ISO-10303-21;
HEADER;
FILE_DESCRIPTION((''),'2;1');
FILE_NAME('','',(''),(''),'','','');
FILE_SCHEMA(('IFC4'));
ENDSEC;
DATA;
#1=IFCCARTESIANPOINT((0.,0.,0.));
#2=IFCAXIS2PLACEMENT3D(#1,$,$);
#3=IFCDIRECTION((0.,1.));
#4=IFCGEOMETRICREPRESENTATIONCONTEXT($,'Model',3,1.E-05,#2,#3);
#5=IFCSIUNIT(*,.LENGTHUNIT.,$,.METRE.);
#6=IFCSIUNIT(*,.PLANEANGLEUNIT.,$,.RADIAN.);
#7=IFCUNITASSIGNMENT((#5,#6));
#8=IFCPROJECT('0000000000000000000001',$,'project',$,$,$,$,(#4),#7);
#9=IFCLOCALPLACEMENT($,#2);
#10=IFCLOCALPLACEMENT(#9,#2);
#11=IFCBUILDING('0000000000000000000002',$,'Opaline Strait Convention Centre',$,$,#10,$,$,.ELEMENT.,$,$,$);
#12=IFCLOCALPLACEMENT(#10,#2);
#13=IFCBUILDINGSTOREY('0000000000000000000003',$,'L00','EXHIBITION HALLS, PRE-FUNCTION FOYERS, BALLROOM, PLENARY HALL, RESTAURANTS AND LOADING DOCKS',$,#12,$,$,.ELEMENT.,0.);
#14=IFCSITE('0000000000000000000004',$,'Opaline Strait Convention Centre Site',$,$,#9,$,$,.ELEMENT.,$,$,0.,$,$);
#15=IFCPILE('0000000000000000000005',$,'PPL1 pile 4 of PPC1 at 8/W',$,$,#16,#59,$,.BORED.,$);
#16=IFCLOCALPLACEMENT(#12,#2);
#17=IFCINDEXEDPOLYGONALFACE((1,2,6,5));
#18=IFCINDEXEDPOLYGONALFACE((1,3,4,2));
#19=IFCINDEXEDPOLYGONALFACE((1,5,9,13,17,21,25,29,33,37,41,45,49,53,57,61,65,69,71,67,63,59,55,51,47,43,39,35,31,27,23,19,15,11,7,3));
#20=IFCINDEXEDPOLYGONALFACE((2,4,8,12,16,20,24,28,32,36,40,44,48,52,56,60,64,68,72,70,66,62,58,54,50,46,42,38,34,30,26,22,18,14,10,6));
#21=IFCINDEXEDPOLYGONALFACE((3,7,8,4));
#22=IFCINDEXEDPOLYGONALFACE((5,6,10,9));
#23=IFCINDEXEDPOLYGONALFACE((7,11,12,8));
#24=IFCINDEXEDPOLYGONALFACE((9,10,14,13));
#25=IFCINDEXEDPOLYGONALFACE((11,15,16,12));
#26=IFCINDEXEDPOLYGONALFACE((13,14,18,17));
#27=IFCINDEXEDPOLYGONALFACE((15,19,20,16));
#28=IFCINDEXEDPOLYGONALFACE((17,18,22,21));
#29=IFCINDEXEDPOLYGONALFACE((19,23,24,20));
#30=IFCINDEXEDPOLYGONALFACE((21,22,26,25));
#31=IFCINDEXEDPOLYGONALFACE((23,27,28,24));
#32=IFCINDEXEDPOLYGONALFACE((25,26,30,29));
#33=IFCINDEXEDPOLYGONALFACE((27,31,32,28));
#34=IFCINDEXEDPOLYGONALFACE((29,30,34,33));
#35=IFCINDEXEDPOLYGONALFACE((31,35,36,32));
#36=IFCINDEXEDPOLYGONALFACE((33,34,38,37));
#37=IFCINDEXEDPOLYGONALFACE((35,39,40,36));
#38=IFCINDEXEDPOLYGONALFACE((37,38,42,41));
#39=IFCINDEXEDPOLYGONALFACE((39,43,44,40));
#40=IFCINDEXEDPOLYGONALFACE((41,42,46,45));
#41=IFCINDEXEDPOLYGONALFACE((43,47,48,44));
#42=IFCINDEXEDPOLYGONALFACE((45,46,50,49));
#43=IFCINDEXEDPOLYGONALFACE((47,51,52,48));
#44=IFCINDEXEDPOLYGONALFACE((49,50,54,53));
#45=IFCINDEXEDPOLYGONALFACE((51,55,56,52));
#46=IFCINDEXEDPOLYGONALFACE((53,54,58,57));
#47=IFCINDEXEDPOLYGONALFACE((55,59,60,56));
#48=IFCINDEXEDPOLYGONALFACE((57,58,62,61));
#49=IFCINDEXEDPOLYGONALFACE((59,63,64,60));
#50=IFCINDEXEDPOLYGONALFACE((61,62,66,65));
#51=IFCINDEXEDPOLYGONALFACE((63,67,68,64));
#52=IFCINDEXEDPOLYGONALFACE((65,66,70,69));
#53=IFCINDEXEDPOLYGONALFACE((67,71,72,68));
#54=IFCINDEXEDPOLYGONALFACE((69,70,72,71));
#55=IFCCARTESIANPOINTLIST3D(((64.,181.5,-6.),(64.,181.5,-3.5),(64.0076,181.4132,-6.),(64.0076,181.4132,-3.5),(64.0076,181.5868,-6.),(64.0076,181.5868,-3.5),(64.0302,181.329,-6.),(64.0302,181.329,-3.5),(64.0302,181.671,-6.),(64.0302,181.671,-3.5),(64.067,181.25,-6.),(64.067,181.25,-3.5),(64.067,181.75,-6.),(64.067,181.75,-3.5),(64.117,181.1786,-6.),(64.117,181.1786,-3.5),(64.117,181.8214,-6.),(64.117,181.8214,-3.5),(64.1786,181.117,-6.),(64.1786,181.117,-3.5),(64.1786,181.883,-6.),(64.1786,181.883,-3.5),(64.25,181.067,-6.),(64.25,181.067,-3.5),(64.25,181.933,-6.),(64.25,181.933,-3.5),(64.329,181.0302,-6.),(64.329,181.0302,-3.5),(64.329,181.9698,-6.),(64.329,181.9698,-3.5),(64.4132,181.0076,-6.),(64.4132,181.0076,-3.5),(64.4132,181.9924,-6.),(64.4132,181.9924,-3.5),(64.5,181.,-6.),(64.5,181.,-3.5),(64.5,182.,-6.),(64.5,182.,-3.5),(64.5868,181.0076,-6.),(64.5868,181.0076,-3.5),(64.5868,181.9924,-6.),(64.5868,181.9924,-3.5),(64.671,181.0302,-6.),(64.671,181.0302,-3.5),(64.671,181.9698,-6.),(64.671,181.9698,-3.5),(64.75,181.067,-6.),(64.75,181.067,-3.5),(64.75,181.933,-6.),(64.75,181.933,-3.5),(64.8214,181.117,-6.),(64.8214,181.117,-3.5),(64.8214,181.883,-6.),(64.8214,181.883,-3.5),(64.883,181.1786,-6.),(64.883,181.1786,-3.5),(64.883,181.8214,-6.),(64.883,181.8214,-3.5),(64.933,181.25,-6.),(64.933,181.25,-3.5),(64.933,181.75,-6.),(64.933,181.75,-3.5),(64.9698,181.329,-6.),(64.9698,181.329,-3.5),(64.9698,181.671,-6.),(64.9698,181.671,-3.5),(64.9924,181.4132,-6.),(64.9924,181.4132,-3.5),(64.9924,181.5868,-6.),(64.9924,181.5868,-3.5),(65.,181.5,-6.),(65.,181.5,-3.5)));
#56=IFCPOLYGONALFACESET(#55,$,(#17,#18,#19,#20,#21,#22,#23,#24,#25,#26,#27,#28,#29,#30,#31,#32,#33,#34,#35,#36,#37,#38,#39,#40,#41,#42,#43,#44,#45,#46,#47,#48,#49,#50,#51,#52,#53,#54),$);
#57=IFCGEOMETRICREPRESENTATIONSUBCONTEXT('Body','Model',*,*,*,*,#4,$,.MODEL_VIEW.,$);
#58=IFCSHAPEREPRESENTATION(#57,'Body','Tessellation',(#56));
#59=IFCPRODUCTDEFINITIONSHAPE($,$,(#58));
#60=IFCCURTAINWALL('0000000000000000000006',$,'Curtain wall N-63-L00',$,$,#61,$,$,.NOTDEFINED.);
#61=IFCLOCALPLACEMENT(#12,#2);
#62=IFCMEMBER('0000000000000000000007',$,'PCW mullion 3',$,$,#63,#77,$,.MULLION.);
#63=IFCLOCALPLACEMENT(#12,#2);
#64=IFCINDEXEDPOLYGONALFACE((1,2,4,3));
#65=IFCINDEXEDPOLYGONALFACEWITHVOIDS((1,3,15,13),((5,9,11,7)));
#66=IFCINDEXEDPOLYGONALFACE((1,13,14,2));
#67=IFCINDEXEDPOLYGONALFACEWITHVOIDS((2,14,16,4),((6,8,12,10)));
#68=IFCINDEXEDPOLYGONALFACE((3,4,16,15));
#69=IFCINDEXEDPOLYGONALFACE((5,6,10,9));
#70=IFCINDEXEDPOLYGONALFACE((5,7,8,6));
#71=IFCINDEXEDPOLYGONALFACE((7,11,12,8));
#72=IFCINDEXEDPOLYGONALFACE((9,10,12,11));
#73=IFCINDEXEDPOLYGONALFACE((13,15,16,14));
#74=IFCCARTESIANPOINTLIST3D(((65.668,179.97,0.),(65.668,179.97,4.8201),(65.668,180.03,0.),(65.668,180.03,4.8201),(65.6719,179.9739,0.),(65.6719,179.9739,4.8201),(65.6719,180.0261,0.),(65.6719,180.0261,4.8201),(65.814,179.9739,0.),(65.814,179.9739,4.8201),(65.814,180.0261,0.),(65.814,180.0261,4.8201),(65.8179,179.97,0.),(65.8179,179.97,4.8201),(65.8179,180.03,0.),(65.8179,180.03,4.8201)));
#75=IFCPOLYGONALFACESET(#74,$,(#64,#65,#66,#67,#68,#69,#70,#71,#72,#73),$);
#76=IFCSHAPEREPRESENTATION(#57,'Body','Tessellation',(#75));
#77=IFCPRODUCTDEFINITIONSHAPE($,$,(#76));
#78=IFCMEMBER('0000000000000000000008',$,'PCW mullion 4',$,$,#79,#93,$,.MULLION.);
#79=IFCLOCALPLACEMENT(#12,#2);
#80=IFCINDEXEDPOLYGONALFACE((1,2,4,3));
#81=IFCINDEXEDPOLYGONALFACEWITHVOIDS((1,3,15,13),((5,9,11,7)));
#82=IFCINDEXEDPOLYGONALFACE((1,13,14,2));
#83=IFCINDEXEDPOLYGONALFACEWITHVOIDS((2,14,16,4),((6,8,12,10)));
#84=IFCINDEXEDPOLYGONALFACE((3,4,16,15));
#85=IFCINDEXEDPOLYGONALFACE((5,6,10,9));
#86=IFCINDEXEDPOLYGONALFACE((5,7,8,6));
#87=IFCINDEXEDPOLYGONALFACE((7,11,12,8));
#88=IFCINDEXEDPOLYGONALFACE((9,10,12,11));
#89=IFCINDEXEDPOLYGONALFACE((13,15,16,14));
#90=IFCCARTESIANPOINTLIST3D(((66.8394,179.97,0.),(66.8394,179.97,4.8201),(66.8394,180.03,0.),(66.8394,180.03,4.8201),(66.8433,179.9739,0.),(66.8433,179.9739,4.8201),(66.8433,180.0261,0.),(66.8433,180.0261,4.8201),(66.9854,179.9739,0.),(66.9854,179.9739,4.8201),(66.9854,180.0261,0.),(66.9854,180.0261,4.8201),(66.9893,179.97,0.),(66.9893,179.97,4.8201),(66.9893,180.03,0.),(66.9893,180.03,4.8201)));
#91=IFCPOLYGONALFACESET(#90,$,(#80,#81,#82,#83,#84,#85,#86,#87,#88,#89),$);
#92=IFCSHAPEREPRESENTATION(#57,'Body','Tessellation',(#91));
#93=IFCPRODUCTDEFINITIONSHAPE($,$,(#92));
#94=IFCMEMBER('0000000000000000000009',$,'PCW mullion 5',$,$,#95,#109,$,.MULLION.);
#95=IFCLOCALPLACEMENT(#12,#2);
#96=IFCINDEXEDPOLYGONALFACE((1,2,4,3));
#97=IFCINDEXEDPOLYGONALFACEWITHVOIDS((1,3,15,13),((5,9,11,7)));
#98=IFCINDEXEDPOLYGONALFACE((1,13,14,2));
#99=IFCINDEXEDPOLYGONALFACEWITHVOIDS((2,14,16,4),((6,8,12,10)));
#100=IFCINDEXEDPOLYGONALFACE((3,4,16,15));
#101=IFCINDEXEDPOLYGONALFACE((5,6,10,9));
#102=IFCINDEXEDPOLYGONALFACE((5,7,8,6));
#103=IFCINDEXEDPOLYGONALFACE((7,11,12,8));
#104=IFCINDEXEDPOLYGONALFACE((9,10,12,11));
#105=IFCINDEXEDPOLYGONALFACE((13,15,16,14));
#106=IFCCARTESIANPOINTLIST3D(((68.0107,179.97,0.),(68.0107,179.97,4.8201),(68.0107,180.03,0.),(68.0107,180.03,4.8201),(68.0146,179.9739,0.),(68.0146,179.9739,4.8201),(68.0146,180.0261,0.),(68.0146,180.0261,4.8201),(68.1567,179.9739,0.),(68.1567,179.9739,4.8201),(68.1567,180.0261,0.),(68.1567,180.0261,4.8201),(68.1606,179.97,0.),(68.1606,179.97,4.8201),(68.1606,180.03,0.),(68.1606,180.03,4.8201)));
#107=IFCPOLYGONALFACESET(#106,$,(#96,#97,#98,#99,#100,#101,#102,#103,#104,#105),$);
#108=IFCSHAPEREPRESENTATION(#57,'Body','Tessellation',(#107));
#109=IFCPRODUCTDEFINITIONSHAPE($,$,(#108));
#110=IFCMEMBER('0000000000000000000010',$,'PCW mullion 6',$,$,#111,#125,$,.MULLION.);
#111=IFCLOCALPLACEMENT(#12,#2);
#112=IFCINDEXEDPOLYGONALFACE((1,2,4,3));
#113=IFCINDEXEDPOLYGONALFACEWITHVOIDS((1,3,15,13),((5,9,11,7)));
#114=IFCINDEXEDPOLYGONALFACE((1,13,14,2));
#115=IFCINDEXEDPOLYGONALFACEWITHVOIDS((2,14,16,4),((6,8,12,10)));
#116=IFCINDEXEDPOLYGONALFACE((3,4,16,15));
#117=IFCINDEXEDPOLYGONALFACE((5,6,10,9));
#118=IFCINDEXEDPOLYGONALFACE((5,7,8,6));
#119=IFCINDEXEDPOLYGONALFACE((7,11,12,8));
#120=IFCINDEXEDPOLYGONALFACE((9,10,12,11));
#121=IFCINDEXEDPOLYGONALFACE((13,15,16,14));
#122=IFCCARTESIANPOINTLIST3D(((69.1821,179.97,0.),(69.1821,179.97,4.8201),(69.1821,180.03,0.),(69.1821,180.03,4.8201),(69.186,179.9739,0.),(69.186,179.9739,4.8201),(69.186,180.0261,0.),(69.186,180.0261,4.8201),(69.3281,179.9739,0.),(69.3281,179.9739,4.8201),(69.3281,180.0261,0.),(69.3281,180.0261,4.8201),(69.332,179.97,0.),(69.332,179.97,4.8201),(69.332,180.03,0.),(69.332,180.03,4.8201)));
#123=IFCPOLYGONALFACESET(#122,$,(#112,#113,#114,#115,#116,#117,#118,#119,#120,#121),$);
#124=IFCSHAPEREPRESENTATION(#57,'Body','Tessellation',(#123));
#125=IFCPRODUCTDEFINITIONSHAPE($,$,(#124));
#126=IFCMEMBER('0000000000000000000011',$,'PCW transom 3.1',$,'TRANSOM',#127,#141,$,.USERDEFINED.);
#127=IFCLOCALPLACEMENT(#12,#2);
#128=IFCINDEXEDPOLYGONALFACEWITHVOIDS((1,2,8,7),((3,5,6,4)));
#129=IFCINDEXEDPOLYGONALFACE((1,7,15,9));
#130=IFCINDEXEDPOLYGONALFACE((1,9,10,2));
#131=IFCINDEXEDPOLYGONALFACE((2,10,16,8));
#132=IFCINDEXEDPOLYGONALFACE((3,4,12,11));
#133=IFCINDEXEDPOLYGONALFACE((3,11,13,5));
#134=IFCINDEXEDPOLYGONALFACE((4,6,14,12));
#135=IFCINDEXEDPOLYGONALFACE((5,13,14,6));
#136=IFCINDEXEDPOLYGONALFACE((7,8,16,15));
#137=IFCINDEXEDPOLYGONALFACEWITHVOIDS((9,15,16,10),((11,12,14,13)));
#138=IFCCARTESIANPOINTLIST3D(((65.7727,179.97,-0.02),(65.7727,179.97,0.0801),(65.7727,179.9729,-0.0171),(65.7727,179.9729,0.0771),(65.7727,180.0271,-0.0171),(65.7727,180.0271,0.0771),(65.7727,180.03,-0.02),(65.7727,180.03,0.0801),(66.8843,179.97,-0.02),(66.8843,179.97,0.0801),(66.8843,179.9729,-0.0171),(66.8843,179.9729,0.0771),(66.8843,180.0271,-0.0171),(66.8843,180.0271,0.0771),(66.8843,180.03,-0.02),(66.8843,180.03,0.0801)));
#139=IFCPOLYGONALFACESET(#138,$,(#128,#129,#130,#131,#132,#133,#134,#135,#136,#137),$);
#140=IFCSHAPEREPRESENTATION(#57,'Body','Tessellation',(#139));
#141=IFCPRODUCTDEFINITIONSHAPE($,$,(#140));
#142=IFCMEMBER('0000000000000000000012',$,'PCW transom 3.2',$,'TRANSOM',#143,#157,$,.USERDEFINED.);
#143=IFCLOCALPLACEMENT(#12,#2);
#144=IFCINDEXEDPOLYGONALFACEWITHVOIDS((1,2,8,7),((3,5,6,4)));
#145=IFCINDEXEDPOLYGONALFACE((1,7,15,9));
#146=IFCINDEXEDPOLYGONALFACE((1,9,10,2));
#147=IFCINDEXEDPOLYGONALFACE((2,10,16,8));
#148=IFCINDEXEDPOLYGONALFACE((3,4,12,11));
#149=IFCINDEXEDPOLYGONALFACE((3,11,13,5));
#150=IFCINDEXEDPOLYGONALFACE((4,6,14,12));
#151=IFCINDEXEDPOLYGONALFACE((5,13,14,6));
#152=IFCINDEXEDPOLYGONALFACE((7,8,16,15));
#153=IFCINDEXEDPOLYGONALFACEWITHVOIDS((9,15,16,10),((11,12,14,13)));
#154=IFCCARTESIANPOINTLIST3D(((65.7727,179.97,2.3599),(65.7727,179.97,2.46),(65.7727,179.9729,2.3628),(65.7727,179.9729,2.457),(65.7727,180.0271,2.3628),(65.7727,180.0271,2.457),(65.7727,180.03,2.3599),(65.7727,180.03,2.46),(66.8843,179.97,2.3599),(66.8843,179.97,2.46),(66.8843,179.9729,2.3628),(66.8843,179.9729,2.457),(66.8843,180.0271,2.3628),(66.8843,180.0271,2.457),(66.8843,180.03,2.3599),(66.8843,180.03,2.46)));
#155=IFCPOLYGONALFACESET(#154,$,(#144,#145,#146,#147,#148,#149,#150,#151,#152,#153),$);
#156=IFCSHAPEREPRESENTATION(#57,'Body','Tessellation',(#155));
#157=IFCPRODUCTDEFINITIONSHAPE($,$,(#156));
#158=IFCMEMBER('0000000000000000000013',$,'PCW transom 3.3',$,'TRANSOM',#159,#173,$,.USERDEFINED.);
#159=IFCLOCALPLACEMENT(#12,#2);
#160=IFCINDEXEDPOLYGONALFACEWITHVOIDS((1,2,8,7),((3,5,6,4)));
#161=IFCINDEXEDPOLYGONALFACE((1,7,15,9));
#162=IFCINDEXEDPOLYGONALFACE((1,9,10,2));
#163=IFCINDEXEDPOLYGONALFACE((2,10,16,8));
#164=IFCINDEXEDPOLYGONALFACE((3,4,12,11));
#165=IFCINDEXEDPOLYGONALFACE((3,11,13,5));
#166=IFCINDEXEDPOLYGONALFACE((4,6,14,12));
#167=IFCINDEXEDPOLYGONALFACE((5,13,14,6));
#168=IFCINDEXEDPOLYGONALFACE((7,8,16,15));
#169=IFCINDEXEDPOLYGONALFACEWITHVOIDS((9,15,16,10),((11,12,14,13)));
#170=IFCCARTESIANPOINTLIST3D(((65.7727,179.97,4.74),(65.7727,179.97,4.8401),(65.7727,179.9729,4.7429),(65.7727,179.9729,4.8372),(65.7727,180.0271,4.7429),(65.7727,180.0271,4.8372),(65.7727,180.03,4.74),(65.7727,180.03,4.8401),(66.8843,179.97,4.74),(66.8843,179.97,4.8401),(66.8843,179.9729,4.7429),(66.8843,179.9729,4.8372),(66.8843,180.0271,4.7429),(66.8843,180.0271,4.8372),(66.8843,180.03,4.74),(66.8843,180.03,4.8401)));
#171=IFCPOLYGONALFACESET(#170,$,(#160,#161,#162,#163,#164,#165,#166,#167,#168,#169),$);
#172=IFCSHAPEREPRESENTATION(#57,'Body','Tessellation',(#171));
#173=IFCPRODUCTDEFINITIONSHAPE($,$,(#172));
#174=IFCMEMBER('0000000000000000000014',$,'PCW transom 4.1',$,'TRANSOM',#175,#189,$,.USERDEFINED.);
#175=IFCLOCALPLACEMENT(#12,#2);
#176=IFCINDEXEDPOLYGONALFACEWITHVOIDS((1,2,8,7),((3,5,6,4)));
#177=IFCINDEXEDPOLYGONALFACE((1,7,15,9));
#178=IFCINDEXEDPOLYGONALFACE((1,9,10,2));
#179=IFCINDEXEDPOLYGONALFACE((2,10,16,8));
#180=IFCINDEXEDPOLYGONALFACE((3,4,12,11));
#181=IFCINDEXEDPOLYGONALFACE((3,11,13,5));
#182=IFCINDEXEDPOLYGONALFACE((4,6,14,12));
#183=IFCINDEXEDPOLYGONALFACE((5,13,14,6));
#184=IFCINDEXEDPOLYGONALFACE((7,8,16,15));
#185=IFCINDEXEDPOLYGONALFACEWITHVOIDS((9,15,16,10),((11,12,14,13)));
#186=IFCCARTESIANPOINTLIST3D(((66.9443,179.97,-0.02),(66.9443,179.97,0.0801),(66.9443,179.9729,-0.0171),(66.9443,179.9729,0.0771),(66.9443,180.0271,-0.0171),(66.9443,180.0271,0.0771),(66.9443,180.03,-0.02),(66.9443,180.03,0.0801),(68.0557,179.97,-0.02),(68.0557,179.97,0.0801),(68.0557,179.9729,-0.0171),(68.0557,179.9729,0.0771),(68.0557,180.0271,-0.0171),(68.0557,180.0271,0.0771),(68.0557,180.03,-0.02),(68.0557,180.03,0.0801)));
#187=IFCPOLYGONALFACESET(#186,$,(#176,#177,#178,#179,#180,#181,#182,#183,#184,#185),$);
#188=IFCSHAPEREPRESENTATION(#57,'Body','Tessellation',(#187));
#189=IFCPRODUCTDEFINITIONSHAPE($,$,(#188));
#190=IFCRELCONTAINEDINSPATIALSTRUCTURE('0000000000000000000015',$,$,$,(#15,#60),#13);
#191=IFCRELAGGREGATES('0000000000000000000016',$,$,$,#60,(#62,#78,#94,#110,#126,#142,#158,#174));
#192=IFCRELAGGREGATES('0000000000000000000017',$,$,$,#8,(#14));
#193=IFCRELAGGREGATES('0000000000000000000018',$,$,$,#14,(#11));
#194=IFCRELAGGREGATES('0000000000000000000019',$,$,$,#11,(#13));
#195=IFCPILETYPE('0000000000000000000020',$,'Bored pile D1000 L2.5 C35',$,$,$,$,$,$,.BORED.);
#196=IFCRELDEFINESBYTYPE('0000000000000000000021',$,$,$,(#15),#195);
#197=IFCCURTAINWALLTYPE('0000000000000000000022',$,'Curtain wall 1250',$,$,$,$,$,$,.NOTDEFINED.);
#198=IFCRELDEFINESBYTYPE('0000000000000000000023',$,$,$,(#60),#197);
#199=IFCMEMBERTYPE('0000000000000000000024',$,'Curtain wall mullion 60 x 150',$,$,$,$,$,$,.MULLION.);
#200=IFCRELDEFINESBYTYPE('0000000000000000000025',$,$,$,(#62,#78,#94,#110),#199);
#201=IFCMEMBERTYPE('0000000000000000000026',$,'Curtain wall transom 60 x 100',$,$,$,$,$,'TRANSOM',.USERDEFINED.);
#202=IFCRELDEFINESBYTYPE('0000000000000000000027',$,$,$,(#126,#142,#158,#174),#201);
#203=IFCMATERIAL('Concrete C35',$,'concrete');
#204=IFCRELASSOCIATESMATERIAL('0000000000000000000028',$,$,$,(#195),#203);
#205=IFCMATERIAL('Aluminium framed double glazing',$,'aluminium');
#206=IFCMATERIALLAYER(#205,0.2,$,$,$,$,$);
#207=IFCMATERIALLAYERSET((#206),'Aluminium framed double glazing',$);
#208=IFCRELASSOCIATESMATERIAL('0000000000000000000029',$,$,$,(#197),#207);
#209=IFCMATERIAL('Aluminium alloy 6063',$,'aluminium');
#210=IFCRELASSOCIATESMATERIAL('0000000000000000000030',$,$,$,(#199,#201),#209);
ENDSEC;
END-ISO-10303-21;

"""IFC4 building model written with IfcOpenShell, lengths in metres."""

from ifc_helpers import new_model, si_unit, direction, frame, origin, origin_2d, place, context, subcontext, project, spatial, hollow_rectangle, circle, extrude, material, layer, layer_set, material_profile, profile_set, type_object, element, aggregate, save


model = new_model("IFC4")

# Units and contexts
model_context = context("Model", 3, precision=1e-05, world=origin(), true_north=direction((0.0, 1.0)))
body_context = subcontext(model_context, "Body", "Model", "MODEL_VIEW")
ifc_project = project(units=[si_unit("LENGTHUNIT", "METRE"), si_unit("PLANEANGLEUNIT", "RADIAN")], contexts=[model_context])

# Site, building, storey
site_placement = place(None, origin())
site = spatial("IfcSite", under=ifc_project, at=site_placement, Name="Opaline Strait Convention Centre Site", CompositionType="ELEMENT", RefElevation=0.0)
building_placement = place(site_placement, origin())
building = spatial("IfcBuilding", under=site, at=building_placement, Name="Opaline Strait Convention Centre", CompositionType="ELEMENT")
storey_placement = place(building_placement, origin())
storey = spatial("IfcBuildingStorey", under=building, at=storey_placement, Name="L00", Description="EXHIBITION HALLS, PRE-FUNCTION FOYERS, BALLROOM, PLENARY HALL, RESTAURANTS AND LOADING DOCKS", CompositionType="ELEMENT", Elevation=0.0)

# Pile
ifc_material_1 = material(Name="Concrete C35", Category="concrete")
ifc_material_profile_1 = material_profile(ifc_material_1, circle(Radius=0.5, at=origin_2d()), Name="D1000")
ifc_profile_set_1 = profile_set([ifc_material_profile_1], Name="Concrete C35")
pile_type = type_object("IfcPileType", Name="Bored pile D1000 L2.5 C35", PredefinedType="BORED", material=ifc_profile_set_1)
pile_placement = place(storey_placement, frame((64.5, 181.5, -3.5), z_axis=(0.0, 0.0, -1.0), x_axis=(1.0, 0.0, 0.0)))
element("IfcPile", 1, at=pile_placement, inside=storey, type_object=pile_type, Name="PPL1 pile 4 of PPC1 at 8/W", PredefinedType="BORED", context=body_context, shape_type="SweptSolid", body=[
    extrude(circle(Radius=0.5, at=origin_2d()), origin(), (0.0, 0.0, 1.0), 2.5),
])

# Curtain wall, members
ifc_material_2 = material(Name="Aluminium framed double glazing", Category="aluminium")
ifc_layer_1 = layer(ifc_material_2, 0.2)
ifc_layer_set_1 = layer_set([ifc_layer_1], Name="Aluminium framed double glazing")
curtain_wall_type = type_object("IfcCurtainWallType", Name="Curtain wall 1250", PredefinedType="NOTDEFINED", material=ifc_layer_set_1)
curtain_wall_placement = place(storey_placement, origin())
curtain_wall = element("IfcCurtainWall", 2, at=curtain_wall_placement, inside=storey, type_object=curtain_wall_type, Name="Curtain wall N-63-L00", PredefinedType="NOTDEFINED")
ifc_material_3 = material(Name="Aluminium alloy 6063", Category="aluminium")
ifc_material_profile_2 = material_profile(ifc_material_3, hollow_rectangle(XDim=0.0601, YDim=0.1499, WallThickness=0.0039, at=origin_2d()), Name="MULLION 60x150x4")
ifc_profile_set_2 = profile_set([ifc_material_profile_2], Name="Aluminium alloy 6063")
member_type_1 = type_object("IfcMemberType", Name="Curtain wall mullion 60 x 150", PredefinedType="MULLION", material=ifc_profile_set_2)
member_1_placement = place(storey_placement, frame((65.7429, 180.0, 0.0), z_axis=(0.0, 0.0, 1.0), x_axis=(0.0, 1.0, 0.0)))
member_1 = element("IfcMember", 3, at=member_1_placement, type_object=member_type_1, Name="PCW mullion 3", PredefinedType="MULLION", context=body_context, shape_type="SweptSolid", body=[
    extrude(hollow_rectangle(XDim=0.0601, YDim=0.1499, WallThickness=0.0039, at=origin_2d()), origin(), (0.0, 0.0, 1.0), 4.8201),
])
member_2_placement = place(storey_placement, frame((66.9143, 180.0, 0.0), z_axis=(0.0, 0.0, 1.0), x_axis=(0.0, 1.0, 0.0)))
member_2 = element("IfcMember", 4, at=member_2_placement, type_object=member_type_1, Name="PCW mullion 4", PredefinedType="MULLION", context=body_context, shape_type="SweptSolid", body=[
    extrude(hollow_rectangle(XDim=0.0601, YDim=0.1499, WallThickness=0.0039, at=origin_2d()), origin(), (0.0, 0.0, 1.0), 4.8201),
])
member_3_placement = place(storey_placement, frame((68.0857, 180.0, 0.0), z_axis=(0.0, 0.0, 1.0), x_axis=(0.0, 1.0, 0.0)))
member_3 = element("IfcMember", 5, at=member_3_placement, type_object=member_type_1, Name="PCW mullion 5", PredefinedType="MULLION", context=body_context, shape_type="SweptSolid", body=[
    extrude(hollow_rectangle(XDim=0.0601, YDim=0.1499, WallThickness=0.0039, at=origin_2d()), origin(), (0.0, 0.0, 1.0), 4.8201),
])
member_4_placement = place(storey_placement, frame((69.2571, 180.0, 0.0), z_axis=(0.0, 0.0, 1.0), x_axis=(0.0, 1.0, 0.0)))
member_4 = element("IfcMember", 6, at=member_4_placement, type_object=member_type_1, Name="PCW mullion 6", PredefinedType="MULLION", context=body_context, shape_type="SweptSolid", body=[
    extrude(hollow_rectangle(XDim=0.0601, YDim=0.1499, WallThickness=0.0039, at=origin_2d()), origin(), (0.0, 0.0, 1.0), 4.8201),
])
ifc_material_profile_3 = material_profile(ifc_material_3, hollow_rectangle(XDim=0.0601, YDim=0.1001, WallThickness=0.0029, at=origin_2d()), Name="TRANSOM 60x100x3")
ifc_profile_set_3 = profile_set([ifc_material_profile_3], Name="Aluminium alloy 6063")
member_type_2 = type_object("IfcMemberType", Name="Curtain wall transom 60 x 100", ElementType="TRANSOM", PredefinedType="USERDEFINED", material=ifc_profile_set_3)
member_5_placement = place(storey_placement, frame((65.7727, 180.0, 0.03), z_axis=(1.0, 0.0, 0.0), x_axis=(0.0, 1.0, 0.0)))
member_5 = element("IfcMember", 7, at=member_5_placement, type_object=member_type_2, Name="PCW transom 3.1", ObjectType="TRANSOM", PredefinedType="USERDEFINED", context=body_context, shape_type="SweptSolid", body=[
    extrude(hollow_rectangle(XDim=0.0601, YDim=0.1001, WallThickness=0.0029, at=origin_2d()), origin(), (0.0, 0.0, 1.0), 1.1116),
])
member_6_placement = place(storey_placement, frame((65.7727, 180.0, 2.4099), z_axis=(1.0, 0.0, 0.0), x_axis=(0.0, 1.0, 0.0)))
member_6 = element("IfcMember", 8, at=member_6_placement, type_object=member_type_2, Name="PCW transom 3.2", ObjectType="TRANSOM", PredefinedType="USERDEFINED", context=body_context, shape_type="SweptSolid", body=[
    extrude(hollow_rectangle(XDim=0.0601, YDim=0.1001, WallThickness=0.0029, at=origin_2d()), origin(), (0.0, 0.0, 1.0), 1.1116),
])
member_7_placement = place(storey_placement, frame((65.7727, 180.0, 4.79), z_axis=(1.0, 0.0, 0.0), x_axis=(0.0, 1.0, 0.0)))
member_7 = element("IfcMember", 9, at=member_7_placement, type_object=member_type_2, Name="PCW transom 3.3", ObjectType="TRANSOM", PredefinedType="USERDEFINED", context=body_context, shape_type="SweptSolid", body=[
    extrude(hollow_rectangle(XDim=0.0601, YDim=0.1001, WallThickness=0.0029, at=origin_2d()), origin(), (0.0, 0.0, 1.0), 1.1116),
])
member_8_placement = place(storey_placement, frame((66.9443, 180.0, 0.03), z_axis=(1.0, 0.0, 0.0), x_axis=(0.0, 1.0, 0.0)))
member_8 = element("IfcMember", 10, at=member_8_placement, type_object=member_type_2, Name="PCW transom 4.1", ObjectType="TRANSOM", PredefinedType="USERDEFINED", context=body_context, shape_type="SweptSolid", body=[
    extrude(hollow_rectangle(XDim=0.0601, YDim=0.1001, WallThickness=0.0029, at=origin_2d()), origin(), (0.0, 0.0, 1.0), 1.1113),
])
aggregate(curtain_wall, [member_1, member_2, member_3, member_4, member_5, member_6, member_7, member_8])

save(model, "model.ifc")
